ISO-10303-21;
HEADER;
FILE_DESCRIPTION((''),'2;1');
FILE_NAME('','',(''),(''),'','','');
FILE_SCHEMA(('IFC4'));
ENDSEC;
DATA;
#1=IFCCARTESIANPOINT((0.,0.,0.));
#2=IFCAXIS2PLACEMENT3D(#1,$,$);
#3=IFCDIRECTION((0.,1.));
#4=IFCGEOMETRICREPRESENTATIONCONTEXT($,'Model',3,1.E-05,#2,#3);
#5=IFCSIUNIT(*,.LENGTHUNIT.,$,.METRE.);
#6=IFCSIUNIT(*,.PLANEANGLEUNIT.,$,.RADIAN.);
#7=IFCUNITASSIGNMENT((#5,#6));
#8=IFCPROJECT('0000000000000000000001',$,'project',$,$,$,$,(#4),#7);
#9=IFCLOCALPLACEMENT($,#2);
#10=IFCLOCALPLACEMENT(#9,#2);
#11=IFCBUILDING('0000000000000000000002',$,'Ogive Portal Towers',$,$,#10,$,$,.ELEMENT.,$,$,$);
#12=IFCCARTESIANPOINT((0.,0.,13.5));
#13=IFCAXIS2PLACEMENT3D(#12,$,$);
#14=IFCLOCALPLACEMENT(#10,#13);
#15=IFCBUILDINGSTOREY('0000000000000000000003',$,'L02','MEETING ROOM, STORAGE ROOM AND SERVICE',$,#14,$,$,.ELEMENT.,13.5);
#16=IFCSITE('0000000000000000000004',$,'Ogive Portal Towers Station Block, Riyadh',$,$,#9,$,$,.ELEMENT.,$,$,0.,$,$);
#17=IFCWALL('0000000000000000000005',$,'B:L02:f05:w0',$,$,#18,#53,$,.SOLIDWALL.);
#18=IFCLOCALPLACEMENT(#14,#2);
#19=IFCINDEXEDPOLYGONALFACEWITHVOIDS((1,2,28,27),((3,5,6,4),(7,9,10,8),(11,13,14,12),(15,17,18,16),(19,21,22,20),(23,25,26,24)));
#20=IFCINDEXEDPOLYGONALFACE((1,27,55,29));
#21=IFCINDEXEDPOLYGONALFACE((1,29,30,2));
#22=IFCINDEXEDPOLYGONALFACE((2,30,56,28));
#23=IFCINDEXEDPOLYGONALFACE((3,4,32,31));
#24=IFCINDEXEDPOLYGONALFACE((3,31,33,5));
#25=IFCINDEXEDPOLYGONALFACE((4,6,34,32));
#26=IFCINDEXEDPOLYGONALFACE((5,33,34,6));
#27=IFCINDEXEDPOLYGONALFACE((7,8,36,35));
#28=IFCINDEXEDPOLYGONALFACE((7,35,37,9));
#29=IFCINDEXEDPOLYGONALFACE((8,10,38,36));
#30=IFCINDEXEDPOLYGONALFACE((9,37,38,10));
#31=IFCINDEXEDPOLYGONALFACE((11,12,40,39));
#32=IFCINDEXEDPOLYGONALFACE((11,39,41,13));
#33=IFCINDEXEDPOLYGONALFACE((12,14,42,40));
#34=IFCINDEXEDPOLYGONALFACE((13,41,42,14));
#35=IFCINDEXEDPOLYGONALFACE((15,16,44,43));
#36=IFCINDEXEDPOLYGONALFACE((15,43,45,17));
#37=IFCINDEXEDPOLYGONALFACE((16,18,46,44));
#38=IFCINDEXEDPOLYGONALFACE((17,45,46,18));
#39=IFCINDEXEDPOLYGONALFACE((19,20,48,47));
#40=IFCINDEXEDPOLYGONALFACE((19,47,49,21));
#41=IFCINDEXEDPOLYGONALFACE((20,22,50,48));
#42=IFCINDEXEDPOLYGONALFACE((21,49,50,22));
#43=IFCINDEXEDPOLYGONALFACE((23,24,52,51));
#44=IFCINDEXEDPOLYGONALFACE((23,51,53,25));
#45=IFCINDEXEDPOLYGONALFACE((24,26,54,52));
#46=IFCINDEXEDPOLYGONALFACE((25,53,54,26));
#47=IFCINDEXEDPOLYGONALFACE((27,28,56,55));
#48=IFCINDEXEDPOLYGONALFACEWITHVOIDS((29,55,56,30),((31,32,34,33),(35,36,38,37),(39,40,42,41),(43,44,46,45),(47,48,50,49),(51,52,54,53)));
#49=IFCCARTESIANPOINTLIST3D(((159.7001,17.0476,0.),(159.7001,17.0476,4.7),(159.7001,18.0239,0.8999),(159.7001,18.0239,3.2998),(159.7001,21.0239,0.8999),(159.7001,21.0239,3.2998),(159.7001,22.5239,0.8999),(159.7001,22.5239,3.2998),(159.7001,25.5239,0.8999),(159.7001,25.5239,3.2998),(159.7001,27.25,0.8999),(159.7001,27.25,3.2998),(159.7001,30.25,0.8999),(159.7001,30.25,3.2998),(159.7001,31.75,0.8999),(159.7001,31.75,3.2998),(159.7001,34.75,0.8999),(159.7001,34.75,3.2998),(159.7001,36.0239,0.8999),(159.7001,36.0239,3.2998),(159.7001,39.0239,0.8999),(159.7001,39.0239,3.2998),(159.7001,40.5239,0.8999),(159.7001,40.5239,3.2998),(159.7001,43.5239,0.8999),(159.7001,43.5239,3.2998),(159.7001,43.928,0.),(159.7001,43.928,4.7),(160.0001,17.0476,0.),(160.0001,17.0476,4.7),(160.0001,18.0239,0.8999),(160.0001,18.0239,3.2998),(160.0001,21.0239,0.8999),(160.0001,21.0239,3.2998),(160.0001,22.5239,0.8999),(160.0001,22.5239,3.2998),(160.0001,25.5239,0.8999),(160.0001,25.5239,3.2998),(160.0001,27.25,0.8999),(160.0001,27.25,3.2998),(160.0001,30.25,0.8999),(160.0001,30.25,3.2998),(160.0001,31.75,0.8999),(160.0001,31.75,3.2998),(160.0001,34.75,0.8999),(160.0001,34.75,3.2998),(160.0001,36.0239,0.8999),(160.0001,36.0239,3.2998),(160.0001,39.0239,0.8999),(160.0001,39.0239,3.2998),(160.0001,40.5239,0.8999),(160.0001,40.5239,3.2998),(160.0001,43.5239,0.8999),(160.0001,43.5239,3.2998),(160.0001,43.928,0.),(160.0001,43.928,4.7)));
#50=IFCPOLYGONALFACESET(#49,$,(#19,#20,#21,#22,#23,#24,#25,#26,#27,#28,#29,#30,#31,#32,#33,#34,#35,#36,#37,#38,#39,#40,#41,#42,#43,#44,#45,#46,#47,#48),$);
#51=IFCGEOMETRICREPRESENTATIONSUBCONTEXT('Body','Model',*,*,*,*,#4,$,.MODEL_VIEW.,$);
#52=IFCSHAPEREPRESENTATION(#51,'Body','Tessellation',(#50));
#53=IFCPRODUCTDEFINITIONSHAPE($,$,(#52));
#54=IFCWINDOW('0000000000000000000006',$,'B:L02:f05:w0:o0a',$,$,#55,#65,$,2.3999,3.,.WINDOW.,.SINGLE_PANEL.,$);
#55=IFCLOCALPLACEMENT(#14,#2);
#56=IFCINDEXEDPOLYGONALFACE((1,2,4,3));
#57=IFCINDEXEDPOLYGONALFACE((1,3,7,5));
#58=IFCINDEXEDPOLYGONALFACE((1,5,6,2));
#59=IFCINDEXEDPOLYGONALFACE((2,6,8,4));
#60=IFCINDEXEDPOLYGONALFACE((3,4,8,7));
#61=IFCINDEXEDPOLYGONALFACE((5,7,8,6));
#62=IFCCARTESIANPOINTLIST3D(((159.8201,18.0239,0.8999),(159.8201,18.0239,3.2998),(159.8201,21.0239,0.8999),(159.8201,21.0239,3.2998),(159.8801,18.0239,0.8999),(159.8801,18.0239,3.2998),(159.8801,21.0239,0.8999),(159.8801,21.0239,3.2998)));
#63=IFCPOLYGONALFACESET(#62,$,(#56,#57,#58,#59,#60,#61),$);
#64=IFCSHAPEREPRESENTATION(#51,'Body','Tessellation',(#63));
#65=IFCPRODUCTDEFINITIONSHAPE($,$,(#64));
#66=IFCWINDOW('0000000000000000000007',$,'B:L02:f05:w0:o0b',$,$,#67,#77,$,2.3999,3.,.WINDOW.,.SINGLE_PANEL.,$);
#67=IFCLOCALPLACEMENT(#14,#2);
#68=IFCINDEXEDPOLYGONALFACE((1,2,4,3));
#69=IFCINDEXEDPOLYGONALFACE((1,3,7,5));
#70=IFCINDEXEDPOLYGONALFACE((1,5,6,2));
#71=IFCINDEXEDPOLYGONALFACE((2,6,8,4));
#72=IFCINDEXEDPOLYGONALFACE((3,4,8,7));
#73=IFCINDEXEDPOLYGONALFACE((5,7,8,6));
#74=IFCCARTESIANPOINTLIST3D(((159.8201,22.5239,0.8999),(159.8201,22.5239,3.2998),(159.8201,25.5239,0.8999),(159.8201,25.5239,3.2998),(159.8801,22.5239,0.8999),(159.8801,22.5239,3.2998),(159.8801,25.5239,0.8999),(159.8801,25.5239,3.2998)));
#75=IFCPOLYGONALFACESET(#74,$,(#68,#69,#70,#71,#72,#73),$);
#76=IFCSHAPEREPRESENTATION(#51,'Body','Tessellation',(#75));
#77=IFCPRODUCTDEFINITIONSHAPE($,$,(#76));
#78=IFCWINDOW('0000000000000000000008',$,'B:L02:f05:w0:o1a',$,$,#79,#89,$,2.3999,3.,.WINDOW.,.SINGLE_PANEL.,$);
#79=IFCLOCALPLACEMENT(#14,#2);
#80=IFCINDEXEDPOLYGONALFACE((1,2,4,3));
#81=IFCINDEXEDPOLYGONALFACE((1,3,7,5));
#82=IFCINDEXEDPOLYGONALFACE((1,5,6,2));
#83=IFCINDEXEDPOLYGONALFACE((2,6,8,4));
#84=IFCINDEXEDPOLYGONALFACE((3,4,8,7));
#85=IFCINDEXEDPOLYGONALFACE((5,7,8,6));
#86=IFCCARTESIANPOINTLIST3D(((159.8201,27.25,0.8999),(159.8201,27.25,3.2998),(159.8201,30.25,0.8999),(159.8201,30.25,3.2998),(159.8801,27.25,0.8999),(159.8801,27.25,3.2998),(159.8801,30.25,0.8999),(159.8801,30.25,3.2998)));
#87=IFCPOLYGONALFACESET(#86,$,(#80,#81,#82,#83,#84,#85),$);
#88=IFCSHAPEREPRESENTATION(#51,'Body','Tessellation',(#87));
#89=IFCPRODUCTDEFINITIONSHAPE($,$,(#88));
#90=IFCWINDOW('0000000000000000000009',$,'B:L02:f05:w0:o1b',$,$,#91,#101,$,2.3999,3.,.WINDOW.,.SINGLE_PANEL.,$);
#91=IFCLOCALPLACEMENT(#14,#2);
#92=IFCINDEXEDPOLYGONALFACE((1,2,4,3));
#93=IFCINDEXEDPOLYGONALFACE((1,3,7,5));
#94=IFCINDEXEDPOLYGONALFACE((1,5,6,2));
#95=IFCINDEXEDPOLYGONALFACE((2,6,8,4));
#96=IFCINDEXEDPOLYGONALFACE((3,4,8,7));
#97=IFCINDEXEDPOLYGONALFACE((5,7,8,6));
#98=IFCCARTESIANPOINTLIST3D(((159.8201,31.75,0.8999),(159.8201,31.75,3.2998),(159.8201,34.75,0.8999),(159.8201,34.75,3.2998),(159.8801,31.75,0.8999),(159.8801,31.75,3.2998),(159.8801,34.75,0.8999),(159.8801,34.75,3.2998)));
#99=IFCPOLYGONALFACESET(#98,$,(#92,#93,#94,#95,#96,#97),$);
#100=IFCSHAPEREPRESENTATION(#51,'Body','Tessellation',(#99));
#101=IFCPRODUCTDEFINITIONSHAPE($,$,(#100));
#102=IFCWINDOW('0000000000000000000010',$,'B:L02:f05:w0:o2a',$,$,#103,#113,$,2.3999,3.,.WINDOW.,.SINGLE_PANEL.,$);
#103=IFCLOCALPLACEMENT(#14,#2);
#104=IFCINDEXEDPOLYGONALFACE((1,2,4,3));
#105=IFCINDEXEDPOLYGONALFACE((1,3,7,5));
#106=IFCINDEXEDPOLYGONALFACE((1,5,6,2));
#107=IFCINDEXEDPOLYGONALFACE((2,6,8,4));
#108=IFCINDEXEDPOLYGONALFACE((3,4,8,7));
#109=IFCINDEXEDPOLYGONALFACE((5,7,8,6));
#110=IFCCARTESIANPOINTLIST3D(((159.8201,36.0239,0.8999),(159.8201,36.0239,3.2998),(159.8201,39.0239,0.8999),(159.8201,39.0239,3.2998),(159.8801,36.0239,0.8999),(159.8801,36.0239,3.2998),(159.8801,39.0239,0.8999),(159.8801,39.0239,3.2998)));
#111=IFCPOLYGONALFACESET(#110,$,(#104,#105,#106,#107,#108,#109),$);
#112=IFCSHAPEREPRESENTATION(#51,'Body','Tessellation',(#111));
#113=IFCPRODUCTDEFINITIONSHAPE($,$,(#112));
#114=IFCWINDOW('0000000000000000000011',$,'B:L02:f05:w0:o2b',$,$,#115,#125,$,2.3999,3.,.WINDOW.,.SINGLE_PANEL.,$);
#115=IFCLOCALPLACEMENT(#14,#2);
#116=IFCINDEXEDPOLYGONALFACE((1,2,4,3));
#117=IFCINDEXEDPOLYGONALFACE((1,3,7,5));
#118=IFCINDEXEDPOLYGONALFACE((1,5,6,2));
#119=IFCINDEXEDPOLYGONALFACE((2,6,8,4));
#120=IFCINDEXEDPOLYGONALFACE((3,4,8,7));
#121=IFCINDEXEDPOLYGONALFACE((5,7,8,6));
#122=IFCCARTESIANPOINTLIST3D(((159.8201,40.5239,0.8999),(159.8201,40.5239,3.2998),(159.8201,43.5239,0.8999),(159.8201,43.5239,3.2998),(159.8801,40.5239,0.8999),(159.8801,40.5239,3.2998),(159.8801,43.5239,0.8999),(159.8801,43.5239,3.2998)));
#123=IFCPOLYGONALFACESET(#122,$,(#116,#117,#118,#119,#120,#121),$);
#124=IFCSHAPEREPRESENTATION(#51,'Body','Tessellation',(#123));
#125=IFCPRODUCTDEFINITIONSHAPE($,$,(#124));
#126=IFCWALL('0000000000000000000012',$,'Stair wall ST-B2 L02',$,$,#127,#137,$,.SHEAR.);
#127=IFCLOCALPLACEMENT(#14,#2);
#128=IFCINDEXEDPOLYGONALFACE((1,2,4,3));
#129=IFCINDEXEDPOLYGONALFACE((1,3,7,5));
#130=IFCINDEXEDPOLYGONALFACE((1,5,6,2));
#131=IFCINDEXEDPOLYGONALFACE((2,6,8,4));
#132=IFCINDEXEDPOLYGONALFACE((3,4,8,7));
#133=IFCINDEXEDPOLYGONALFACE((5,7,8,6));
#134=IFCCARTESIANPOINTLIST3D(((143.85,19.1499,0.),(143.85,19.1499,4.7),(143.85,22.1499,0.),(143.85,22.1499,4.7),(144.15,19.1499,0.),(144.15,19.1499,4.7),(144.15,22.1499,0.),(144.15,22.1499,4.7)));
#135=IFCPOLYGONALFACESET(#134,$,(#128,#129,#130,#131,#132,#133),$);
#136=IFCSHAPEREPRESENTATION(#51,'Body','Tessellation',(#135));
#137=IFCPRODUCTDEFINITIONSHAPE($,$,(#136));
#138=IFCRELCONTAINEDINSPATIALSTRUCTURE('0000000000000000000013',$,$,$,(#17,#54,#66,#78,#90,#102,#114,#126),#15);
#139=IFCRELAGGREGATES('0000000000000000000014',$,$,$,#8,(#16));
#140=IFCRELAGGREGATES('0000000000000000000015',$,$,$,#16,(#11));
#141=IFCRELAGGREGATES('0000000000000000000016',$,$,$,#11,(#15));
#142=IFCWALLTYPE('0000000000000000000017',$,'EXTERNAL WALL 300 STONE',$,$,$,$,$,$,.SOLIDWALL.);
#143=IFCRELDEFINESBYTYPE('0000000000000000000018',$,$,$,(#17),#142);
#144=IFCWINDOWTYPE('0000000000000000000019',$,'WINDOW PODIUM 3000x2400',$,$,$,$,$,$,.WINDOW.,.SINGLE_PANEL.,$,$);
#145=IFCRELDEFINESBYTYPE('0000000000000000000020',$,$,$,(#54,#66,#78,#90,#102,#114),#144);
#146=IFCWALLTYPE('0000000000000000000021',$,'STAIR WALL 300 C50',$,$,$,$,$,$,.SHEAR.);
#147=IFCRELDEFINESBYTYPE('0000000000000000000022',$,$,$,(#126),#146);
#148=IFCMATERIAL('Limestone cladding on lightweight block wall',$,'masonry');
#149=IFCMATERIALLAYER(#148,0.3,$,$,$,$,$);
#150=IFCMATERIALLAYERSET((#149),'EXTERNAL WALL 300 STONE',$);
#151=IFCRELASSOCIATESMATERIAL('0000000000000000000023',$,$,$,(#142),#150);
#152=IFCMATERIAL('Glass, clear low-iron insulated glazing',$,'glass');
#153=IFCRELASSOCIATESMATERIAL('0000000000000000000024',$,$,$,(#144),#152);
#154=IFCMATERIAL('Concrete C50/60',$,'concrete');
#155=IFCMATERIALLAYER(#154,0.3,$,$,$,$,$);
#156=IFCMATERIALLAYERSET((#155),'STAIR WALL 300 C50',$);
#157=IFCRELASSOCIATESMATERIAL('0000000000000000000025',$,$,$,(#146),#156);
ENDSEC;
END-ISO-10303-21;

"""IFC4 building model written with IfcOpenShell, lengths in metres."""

from ifc_helpers import new_model, si_unit, direction, frame, frame_2d, origin, place, context, subcontext, project, spatial, rectangle, extrude, material, layer, layer_set, type_object, element, fill, save


model = new_model("IFC4")

# Units and contexts
model_context = context("Model", 3, precision=1e-05, world=origin(), true_north=direction((0.0, 1.0)))
body_context = subcontext(model_context, "Body", "Model", "MODEL_VIEW")
ifc_project = project(units=[si_unit("LENGTHUNIT", "METRE"), si_unit("PLANEANGLEUNIT", "RADIAN")], contexts=[model_context])

# Site, building, storey
site_placement = place(None, origin())
site = spatial("IfcSite", under=ifc_project, at=site_placement, Name="Ogive Portal Towers Station Block, Riyadh", CompositionType="ELEMENT", RefElevation=0.0)
building_placement = place(site_placement, origin())
building = spatial("IfcBuilding", under=site, at=building_placement, Name="Ogive Portal Towers", CompositionType="ELEMENT")
storey_placement = place(building_placement, frame((0.0, 0.0, 13.5)))
storey = spatial("IfcBuildingStorey", under=building, at=storey_placement, Name="L02", Description="MEETING ROOM, STORAGE ROOM AND SERVICE", CompositionType="ELEMENT", Elevation=13.5)

# Shared definitions
ifc_material_1 = material(Name="Concrete C50/60", Category="concrete")

# Shared definitions
ifc_material_2 = material(Name="Limestone cladding on lightweight block wall", Category="masonry")
ifc_layer_1 = layer(ifc_material_2, 0.3)
ifc_layer_set_1 = layer_set([ifc_layer_1], Name="EXTERNAL WALL 300 STONE")
wall_type_1 = type_object("IfcWallType", Name="EXTERNAL WALL 300 STONE", PredefinedType="SOLIDWALL", material=ifc_layer_set_1)
ifc_material_3 = material(Name="Glass, clear low-iron insulated glazing", Category="glass")
window_type = type_object("IfcWindowType", Name="WINDOW PODIUM 3000x2400", PartitioningType="SINGLE_PANEL", PredefinedType="WINDOW", material=ifc_material_3)

# Wall, openings, windows
wall_1_placement = place(storey_placement, frame((159.8501, 17.0476, 0.0), z_axis=(0.0, 0.0, 1.0), x_axis=(0.0, 1.0, 0.0)))
wall_1 = element("IfcWall", 1, at=wall_1_placement, inside=storey, type_object=wall_type_1, Name="B:L02:f05:w0", PredefinedType="SOLIDWALL", context=body_context, shape_type="SweptSolid", body=[
    extrude(rectangle(XDim=26.8804, YDim=0.3, at=frame_2d((13.4402, 0.0))), origin(), (0.0, 0.0, 1.0), 4.7),
])
opening_1_placement = place(wall_1_placement, frame((0.9763, 0.0, 0.8999)))
opening_1 = element("IfcOpeningElement", 2, at=opening_1_placement, cuts=wall_1, PredefinedType="OPENING", context=body_context, shape_type="SweptSolid", body=[
    extrude(rectangle(XDim=3.0, YDim=2.3999, at=frame_2d((1.5, 1.2))), frame((0.0, 0.1602, 0.0), z_axis=(0.0, -1.0, 0.0), x_axis=(1.0, 0.0, 0.0)), (0.0, 0.0, 1.0), 0.3201),
])
opening_2_placement = place(wall_1_placement, frame((5.4763, 0.0, 0.8999)))
opening_2 = element("IfcOpeningElement", 3, at=opening_2_placement, cuts=wall_1, PredefinedType="OPENING", context=body_context, shape_type="SweptSolid", body=[
    extrude(rectangle(XDim=3.0, YDim=2.3999, at=frame_2d((1.5, 1.2))), frame((0.0, 0.1602, 0.0), z_axis=(0.0, -1.0, 0.0), x_axis=(1.0, 0.0, 0.0)), (0.0, 0.0, 1.0), 0.3201),
])
opening_3_placement = place(wall_1_placement, frame((10.2024, 0.0, 0.8999)))
opening_3 = element("IfcOpeningElement", 4, at=opening_3_placement, cuts=wall_1, PredefinedType="OPENING", context=body_context, shape_type="SweptSolid", body=[
    extrude(rectangle(XDim=3.0, YDim=2.3999, at=frame_2d((1.5, 1.2))), frame((0.0, 0.1602, 0.0), z_axis=(0.0, -1.0, 0.0), x_axis=(1.0, 0.0, 0.0)), (0.0, 0.0, 1.0), 0.3201),
])
opening_4_placement = place(wall_1_placement, frame((14.7024, 0.0, 0.8999)))
opening_4 = element("IfcOpeningElement", 5, at=opening_4_placement, cuts=wall_1, PredefinedType="OPENING", context=body_context, shape_type="SweptSolid", body=[
    extrude(rectangle(XDim=3.0, YDim=2.3999, at=frame_2d((1.5, 1.2))), frame((0.0, 0.1602, 0.0), z_axis=(0.0, -1.0, 0.0), x_axis=(1.0, 0.0, 0.0)), (0.0, 0.0, 1.0), 0.3201),
])
opening_5_placement = place(wall_1_placement, frame((18.9763, 0.0, 0.8999)))
opening_5 = element("IfcOpeningElement", 6, at=opening_5_placement, cuts=wall_1, PredefinedType="OPENING", context=body_context, shape_type="SweptSolid", body=[
    extrude(rectangle(XDim=3.0, YDim=2.3999, at=frame_2d((1.5, 1.2))), frame((0.0, 0.1602, 0.0), z_axis=(0.0, -1.0, 0.0), x_axis=(1.0, 0.0, 0.0)), (0.0, 0.0, 1.0), 0.3201),
])
opening_6_placement = place(wall_1_placement, frame((23.4763, 0.0, 0.8999)))
opening_6 = element("IfcOpeningElement", 7, at=opening_6_placement, cuts=wall_1, PredefinedType="OPENING", context=body_context, shape_type="SweptSolid", body=[
    extrude(rectangle(XDim=3.0, YDim=2.3999, at=frame_2d((1.5, 1.2))), frame((0.0, 0.1602, 0.0), z_axis=(0.0, -1.0, 0.0), x_axis=(1.0, 0.0, 0.0)), (0.0, 0.0, 1.0), 0.3201),
])
window_1_placement = place(opening_1_placement, origin())
window_1 = element("IfcWindow", 8, at=window_1_placement, inside=storey, type_object=window_type, Name="B:L02:f05:w0:o0a", OverallHeight=2.3999, OverallWidth=3.0, PartitioningType="SINGLE_PANEL", PredefinedType="WINDOW", context=body_context, shape_type="SweptSolid", body=[
    extrude(rectangle(XDim=3.0, YDim=2.3999, at=frame_2d((1.5, 1.2))), frame((0.0, 0.03, 0.0), z_axis=(0.0, -1.0, 0.0), x_axis=(1.0, 0.0, 0.0)), (0.0, 0.0, 1.0), 0.0601),
])
fill(opening_1, window_1)
window_2_placement = place(opening_2_placement, origin())
window_2 = element("IfcWindow", 9, at=window_2_placement, inside=storey, type_object=window_type, Name="B:L02:f05:w0:o0b", OverallHeight=2.3999, OverallWidth=3.0, PartitioningType="SINGLE_PANEL", PredefinedType="WINDOW", context=body_context, shape_type="SweptSolid", body=[
    extrude(rectangle(XDim=3.0, YDim=2.3999, at=frame_2d((1.5, 1.2))), frame((0.0, 0.03, 0.0), z_axis=(0.0, -1.0, 0.0), x_axis=(1.0, 0.0, 0.0)), (0.0, 0.0, 1.0), 0.0601),
])
fill(opening_2, window_2)
window_3_placement = place(opening_3_placement, origin())
window_3 = element("IfcWindow", 10, at=window_3_placement, inside=storey, type_object=window_type, Name="B:L02:f05:w0:o1a", OverallHeight=2.3999, OverallWidth=3.0, PartitioningType="SINGLE_PANEL", PredefinedType="WINDOW", context=body_context, shape_type="SweptSolid", body=[
    extrude(rectangle(XDim=3.0, YDim=2.3999, at=frame_2d((1.5, 1.2))), frame((0.0, 0.03, 0.0), z_axis=(0.0, -1.0, 0.0), x_axis=(1.0, 0.0, 0.0)), (0.0, 0.0, 1.0), 0.0601),
])
fill(opening_3, window_3)
window_4_placement = place(opening_4_placement, origin())
window_4 = element("IfcWindow", 11, at=window_4_placement, inside=storey, type_object=window_type, Name="B:L02:f05:w0:o1b", OverallHeight=2.3999, OverallWidth=3.0, PartitioningType="SINGLE_PANEL", PredefinedType="WINDOW", context=body_context, shape_type="SweptSolid", body=[
    extrude(rectangle(XDim=3.0, YDim=2.3999, at=frame_2d((1.5, 1.2))), frame((0.0, 0.03, 0.0), z_axis=(0.0, -1.0, 0.0), x_axis=(1.0, 0.0, 0.0)), (0.0, 0.0, 1.0), 0.0601),
])
fill(opening_4, window_4)
window_5_placement = place(opening_5_placement, origin())
window_5 = element("IfcWindow", 12, at=window_5_placement, inside=storey, type_object=window_type, Name="B:L02:f05:w0:o2a", OverallHeight=2.3999, OverallWidth=3.0, PartitioningType="SINGLE_PANEL", PredefinedType="WINDOW", context=body_context, shape_type="SweptSolid", body=[
    extrude(rectangle(XDim=3.0, YDim=2.3999, at=frame_2d((1.5, 1.2))), frame((0.0, 0.03, 0.0), z_axis=(0.0, -1.0, 0.0), x_axis=(1.0, 0.0, 0.0)), (0.0, 0.0, 1.0), 0.0601),
])
fill(opening_5, window_5)
window_6_placement = place(opening_6_placement, origin())
window_6 = element("IfcWindow", 13, at=window_6_placement, inside=storey, type_object=window_type, Name="B:L02:f05:w0:o2b", OverallHeight=2.3999, OverallWidth=3.0, PartitioningType="SINGLE_PANEL", PredefinedType="WINDOW", context=body_context, shape_type="SweptSolid", body=[
    extrude(rectangle(XDim=3.0, YDim=2.3999, at=frame_2d((1.5, 1.2))), frame((0.0, 0.03, 0.0), z_axis=(0.0, -1.0, 0.0), x_axis=(1.0, 0.0, 0.0)), (0.0, 0.0, 1.0), 0.0601),
])
fill(opening_6, window_6)

# Wall
ifc_layer_2 = layer(ifc_material_1, 0.3)
ifc_layer_set_2 = layer_set([ifc_layer_2], Name="STAIR WALL 300 C50")
wall_type_2 = type_object("IfcWallType", Name="STAIR WALL 300 C50", PredefinedType="SHEAR", material=ifc_layer_set_2)
wall_2_placement = place(storey_placement, frame((144.0, 19.1499, 0.0), z_axis=(0.0, 0.0, 1.0), x_axis=(0.0, 1.0, 0.0)))
element("IfcWall", 14, at=wall_2_placement, inside=storey, type_object=wall_type_2, Name="Stair wall ST-B2 L02", PredefinedType="SHEAR", context=body_context, shape_type="SweptSolid", body=[
    extrude(rectangle(XDim=3.0, YDim=0.3, at=frame_2d((1.5, 0.0))), origin(), (0.0, 0.0, 1.0), 4.7),
])

save(model, "model.ifc")
